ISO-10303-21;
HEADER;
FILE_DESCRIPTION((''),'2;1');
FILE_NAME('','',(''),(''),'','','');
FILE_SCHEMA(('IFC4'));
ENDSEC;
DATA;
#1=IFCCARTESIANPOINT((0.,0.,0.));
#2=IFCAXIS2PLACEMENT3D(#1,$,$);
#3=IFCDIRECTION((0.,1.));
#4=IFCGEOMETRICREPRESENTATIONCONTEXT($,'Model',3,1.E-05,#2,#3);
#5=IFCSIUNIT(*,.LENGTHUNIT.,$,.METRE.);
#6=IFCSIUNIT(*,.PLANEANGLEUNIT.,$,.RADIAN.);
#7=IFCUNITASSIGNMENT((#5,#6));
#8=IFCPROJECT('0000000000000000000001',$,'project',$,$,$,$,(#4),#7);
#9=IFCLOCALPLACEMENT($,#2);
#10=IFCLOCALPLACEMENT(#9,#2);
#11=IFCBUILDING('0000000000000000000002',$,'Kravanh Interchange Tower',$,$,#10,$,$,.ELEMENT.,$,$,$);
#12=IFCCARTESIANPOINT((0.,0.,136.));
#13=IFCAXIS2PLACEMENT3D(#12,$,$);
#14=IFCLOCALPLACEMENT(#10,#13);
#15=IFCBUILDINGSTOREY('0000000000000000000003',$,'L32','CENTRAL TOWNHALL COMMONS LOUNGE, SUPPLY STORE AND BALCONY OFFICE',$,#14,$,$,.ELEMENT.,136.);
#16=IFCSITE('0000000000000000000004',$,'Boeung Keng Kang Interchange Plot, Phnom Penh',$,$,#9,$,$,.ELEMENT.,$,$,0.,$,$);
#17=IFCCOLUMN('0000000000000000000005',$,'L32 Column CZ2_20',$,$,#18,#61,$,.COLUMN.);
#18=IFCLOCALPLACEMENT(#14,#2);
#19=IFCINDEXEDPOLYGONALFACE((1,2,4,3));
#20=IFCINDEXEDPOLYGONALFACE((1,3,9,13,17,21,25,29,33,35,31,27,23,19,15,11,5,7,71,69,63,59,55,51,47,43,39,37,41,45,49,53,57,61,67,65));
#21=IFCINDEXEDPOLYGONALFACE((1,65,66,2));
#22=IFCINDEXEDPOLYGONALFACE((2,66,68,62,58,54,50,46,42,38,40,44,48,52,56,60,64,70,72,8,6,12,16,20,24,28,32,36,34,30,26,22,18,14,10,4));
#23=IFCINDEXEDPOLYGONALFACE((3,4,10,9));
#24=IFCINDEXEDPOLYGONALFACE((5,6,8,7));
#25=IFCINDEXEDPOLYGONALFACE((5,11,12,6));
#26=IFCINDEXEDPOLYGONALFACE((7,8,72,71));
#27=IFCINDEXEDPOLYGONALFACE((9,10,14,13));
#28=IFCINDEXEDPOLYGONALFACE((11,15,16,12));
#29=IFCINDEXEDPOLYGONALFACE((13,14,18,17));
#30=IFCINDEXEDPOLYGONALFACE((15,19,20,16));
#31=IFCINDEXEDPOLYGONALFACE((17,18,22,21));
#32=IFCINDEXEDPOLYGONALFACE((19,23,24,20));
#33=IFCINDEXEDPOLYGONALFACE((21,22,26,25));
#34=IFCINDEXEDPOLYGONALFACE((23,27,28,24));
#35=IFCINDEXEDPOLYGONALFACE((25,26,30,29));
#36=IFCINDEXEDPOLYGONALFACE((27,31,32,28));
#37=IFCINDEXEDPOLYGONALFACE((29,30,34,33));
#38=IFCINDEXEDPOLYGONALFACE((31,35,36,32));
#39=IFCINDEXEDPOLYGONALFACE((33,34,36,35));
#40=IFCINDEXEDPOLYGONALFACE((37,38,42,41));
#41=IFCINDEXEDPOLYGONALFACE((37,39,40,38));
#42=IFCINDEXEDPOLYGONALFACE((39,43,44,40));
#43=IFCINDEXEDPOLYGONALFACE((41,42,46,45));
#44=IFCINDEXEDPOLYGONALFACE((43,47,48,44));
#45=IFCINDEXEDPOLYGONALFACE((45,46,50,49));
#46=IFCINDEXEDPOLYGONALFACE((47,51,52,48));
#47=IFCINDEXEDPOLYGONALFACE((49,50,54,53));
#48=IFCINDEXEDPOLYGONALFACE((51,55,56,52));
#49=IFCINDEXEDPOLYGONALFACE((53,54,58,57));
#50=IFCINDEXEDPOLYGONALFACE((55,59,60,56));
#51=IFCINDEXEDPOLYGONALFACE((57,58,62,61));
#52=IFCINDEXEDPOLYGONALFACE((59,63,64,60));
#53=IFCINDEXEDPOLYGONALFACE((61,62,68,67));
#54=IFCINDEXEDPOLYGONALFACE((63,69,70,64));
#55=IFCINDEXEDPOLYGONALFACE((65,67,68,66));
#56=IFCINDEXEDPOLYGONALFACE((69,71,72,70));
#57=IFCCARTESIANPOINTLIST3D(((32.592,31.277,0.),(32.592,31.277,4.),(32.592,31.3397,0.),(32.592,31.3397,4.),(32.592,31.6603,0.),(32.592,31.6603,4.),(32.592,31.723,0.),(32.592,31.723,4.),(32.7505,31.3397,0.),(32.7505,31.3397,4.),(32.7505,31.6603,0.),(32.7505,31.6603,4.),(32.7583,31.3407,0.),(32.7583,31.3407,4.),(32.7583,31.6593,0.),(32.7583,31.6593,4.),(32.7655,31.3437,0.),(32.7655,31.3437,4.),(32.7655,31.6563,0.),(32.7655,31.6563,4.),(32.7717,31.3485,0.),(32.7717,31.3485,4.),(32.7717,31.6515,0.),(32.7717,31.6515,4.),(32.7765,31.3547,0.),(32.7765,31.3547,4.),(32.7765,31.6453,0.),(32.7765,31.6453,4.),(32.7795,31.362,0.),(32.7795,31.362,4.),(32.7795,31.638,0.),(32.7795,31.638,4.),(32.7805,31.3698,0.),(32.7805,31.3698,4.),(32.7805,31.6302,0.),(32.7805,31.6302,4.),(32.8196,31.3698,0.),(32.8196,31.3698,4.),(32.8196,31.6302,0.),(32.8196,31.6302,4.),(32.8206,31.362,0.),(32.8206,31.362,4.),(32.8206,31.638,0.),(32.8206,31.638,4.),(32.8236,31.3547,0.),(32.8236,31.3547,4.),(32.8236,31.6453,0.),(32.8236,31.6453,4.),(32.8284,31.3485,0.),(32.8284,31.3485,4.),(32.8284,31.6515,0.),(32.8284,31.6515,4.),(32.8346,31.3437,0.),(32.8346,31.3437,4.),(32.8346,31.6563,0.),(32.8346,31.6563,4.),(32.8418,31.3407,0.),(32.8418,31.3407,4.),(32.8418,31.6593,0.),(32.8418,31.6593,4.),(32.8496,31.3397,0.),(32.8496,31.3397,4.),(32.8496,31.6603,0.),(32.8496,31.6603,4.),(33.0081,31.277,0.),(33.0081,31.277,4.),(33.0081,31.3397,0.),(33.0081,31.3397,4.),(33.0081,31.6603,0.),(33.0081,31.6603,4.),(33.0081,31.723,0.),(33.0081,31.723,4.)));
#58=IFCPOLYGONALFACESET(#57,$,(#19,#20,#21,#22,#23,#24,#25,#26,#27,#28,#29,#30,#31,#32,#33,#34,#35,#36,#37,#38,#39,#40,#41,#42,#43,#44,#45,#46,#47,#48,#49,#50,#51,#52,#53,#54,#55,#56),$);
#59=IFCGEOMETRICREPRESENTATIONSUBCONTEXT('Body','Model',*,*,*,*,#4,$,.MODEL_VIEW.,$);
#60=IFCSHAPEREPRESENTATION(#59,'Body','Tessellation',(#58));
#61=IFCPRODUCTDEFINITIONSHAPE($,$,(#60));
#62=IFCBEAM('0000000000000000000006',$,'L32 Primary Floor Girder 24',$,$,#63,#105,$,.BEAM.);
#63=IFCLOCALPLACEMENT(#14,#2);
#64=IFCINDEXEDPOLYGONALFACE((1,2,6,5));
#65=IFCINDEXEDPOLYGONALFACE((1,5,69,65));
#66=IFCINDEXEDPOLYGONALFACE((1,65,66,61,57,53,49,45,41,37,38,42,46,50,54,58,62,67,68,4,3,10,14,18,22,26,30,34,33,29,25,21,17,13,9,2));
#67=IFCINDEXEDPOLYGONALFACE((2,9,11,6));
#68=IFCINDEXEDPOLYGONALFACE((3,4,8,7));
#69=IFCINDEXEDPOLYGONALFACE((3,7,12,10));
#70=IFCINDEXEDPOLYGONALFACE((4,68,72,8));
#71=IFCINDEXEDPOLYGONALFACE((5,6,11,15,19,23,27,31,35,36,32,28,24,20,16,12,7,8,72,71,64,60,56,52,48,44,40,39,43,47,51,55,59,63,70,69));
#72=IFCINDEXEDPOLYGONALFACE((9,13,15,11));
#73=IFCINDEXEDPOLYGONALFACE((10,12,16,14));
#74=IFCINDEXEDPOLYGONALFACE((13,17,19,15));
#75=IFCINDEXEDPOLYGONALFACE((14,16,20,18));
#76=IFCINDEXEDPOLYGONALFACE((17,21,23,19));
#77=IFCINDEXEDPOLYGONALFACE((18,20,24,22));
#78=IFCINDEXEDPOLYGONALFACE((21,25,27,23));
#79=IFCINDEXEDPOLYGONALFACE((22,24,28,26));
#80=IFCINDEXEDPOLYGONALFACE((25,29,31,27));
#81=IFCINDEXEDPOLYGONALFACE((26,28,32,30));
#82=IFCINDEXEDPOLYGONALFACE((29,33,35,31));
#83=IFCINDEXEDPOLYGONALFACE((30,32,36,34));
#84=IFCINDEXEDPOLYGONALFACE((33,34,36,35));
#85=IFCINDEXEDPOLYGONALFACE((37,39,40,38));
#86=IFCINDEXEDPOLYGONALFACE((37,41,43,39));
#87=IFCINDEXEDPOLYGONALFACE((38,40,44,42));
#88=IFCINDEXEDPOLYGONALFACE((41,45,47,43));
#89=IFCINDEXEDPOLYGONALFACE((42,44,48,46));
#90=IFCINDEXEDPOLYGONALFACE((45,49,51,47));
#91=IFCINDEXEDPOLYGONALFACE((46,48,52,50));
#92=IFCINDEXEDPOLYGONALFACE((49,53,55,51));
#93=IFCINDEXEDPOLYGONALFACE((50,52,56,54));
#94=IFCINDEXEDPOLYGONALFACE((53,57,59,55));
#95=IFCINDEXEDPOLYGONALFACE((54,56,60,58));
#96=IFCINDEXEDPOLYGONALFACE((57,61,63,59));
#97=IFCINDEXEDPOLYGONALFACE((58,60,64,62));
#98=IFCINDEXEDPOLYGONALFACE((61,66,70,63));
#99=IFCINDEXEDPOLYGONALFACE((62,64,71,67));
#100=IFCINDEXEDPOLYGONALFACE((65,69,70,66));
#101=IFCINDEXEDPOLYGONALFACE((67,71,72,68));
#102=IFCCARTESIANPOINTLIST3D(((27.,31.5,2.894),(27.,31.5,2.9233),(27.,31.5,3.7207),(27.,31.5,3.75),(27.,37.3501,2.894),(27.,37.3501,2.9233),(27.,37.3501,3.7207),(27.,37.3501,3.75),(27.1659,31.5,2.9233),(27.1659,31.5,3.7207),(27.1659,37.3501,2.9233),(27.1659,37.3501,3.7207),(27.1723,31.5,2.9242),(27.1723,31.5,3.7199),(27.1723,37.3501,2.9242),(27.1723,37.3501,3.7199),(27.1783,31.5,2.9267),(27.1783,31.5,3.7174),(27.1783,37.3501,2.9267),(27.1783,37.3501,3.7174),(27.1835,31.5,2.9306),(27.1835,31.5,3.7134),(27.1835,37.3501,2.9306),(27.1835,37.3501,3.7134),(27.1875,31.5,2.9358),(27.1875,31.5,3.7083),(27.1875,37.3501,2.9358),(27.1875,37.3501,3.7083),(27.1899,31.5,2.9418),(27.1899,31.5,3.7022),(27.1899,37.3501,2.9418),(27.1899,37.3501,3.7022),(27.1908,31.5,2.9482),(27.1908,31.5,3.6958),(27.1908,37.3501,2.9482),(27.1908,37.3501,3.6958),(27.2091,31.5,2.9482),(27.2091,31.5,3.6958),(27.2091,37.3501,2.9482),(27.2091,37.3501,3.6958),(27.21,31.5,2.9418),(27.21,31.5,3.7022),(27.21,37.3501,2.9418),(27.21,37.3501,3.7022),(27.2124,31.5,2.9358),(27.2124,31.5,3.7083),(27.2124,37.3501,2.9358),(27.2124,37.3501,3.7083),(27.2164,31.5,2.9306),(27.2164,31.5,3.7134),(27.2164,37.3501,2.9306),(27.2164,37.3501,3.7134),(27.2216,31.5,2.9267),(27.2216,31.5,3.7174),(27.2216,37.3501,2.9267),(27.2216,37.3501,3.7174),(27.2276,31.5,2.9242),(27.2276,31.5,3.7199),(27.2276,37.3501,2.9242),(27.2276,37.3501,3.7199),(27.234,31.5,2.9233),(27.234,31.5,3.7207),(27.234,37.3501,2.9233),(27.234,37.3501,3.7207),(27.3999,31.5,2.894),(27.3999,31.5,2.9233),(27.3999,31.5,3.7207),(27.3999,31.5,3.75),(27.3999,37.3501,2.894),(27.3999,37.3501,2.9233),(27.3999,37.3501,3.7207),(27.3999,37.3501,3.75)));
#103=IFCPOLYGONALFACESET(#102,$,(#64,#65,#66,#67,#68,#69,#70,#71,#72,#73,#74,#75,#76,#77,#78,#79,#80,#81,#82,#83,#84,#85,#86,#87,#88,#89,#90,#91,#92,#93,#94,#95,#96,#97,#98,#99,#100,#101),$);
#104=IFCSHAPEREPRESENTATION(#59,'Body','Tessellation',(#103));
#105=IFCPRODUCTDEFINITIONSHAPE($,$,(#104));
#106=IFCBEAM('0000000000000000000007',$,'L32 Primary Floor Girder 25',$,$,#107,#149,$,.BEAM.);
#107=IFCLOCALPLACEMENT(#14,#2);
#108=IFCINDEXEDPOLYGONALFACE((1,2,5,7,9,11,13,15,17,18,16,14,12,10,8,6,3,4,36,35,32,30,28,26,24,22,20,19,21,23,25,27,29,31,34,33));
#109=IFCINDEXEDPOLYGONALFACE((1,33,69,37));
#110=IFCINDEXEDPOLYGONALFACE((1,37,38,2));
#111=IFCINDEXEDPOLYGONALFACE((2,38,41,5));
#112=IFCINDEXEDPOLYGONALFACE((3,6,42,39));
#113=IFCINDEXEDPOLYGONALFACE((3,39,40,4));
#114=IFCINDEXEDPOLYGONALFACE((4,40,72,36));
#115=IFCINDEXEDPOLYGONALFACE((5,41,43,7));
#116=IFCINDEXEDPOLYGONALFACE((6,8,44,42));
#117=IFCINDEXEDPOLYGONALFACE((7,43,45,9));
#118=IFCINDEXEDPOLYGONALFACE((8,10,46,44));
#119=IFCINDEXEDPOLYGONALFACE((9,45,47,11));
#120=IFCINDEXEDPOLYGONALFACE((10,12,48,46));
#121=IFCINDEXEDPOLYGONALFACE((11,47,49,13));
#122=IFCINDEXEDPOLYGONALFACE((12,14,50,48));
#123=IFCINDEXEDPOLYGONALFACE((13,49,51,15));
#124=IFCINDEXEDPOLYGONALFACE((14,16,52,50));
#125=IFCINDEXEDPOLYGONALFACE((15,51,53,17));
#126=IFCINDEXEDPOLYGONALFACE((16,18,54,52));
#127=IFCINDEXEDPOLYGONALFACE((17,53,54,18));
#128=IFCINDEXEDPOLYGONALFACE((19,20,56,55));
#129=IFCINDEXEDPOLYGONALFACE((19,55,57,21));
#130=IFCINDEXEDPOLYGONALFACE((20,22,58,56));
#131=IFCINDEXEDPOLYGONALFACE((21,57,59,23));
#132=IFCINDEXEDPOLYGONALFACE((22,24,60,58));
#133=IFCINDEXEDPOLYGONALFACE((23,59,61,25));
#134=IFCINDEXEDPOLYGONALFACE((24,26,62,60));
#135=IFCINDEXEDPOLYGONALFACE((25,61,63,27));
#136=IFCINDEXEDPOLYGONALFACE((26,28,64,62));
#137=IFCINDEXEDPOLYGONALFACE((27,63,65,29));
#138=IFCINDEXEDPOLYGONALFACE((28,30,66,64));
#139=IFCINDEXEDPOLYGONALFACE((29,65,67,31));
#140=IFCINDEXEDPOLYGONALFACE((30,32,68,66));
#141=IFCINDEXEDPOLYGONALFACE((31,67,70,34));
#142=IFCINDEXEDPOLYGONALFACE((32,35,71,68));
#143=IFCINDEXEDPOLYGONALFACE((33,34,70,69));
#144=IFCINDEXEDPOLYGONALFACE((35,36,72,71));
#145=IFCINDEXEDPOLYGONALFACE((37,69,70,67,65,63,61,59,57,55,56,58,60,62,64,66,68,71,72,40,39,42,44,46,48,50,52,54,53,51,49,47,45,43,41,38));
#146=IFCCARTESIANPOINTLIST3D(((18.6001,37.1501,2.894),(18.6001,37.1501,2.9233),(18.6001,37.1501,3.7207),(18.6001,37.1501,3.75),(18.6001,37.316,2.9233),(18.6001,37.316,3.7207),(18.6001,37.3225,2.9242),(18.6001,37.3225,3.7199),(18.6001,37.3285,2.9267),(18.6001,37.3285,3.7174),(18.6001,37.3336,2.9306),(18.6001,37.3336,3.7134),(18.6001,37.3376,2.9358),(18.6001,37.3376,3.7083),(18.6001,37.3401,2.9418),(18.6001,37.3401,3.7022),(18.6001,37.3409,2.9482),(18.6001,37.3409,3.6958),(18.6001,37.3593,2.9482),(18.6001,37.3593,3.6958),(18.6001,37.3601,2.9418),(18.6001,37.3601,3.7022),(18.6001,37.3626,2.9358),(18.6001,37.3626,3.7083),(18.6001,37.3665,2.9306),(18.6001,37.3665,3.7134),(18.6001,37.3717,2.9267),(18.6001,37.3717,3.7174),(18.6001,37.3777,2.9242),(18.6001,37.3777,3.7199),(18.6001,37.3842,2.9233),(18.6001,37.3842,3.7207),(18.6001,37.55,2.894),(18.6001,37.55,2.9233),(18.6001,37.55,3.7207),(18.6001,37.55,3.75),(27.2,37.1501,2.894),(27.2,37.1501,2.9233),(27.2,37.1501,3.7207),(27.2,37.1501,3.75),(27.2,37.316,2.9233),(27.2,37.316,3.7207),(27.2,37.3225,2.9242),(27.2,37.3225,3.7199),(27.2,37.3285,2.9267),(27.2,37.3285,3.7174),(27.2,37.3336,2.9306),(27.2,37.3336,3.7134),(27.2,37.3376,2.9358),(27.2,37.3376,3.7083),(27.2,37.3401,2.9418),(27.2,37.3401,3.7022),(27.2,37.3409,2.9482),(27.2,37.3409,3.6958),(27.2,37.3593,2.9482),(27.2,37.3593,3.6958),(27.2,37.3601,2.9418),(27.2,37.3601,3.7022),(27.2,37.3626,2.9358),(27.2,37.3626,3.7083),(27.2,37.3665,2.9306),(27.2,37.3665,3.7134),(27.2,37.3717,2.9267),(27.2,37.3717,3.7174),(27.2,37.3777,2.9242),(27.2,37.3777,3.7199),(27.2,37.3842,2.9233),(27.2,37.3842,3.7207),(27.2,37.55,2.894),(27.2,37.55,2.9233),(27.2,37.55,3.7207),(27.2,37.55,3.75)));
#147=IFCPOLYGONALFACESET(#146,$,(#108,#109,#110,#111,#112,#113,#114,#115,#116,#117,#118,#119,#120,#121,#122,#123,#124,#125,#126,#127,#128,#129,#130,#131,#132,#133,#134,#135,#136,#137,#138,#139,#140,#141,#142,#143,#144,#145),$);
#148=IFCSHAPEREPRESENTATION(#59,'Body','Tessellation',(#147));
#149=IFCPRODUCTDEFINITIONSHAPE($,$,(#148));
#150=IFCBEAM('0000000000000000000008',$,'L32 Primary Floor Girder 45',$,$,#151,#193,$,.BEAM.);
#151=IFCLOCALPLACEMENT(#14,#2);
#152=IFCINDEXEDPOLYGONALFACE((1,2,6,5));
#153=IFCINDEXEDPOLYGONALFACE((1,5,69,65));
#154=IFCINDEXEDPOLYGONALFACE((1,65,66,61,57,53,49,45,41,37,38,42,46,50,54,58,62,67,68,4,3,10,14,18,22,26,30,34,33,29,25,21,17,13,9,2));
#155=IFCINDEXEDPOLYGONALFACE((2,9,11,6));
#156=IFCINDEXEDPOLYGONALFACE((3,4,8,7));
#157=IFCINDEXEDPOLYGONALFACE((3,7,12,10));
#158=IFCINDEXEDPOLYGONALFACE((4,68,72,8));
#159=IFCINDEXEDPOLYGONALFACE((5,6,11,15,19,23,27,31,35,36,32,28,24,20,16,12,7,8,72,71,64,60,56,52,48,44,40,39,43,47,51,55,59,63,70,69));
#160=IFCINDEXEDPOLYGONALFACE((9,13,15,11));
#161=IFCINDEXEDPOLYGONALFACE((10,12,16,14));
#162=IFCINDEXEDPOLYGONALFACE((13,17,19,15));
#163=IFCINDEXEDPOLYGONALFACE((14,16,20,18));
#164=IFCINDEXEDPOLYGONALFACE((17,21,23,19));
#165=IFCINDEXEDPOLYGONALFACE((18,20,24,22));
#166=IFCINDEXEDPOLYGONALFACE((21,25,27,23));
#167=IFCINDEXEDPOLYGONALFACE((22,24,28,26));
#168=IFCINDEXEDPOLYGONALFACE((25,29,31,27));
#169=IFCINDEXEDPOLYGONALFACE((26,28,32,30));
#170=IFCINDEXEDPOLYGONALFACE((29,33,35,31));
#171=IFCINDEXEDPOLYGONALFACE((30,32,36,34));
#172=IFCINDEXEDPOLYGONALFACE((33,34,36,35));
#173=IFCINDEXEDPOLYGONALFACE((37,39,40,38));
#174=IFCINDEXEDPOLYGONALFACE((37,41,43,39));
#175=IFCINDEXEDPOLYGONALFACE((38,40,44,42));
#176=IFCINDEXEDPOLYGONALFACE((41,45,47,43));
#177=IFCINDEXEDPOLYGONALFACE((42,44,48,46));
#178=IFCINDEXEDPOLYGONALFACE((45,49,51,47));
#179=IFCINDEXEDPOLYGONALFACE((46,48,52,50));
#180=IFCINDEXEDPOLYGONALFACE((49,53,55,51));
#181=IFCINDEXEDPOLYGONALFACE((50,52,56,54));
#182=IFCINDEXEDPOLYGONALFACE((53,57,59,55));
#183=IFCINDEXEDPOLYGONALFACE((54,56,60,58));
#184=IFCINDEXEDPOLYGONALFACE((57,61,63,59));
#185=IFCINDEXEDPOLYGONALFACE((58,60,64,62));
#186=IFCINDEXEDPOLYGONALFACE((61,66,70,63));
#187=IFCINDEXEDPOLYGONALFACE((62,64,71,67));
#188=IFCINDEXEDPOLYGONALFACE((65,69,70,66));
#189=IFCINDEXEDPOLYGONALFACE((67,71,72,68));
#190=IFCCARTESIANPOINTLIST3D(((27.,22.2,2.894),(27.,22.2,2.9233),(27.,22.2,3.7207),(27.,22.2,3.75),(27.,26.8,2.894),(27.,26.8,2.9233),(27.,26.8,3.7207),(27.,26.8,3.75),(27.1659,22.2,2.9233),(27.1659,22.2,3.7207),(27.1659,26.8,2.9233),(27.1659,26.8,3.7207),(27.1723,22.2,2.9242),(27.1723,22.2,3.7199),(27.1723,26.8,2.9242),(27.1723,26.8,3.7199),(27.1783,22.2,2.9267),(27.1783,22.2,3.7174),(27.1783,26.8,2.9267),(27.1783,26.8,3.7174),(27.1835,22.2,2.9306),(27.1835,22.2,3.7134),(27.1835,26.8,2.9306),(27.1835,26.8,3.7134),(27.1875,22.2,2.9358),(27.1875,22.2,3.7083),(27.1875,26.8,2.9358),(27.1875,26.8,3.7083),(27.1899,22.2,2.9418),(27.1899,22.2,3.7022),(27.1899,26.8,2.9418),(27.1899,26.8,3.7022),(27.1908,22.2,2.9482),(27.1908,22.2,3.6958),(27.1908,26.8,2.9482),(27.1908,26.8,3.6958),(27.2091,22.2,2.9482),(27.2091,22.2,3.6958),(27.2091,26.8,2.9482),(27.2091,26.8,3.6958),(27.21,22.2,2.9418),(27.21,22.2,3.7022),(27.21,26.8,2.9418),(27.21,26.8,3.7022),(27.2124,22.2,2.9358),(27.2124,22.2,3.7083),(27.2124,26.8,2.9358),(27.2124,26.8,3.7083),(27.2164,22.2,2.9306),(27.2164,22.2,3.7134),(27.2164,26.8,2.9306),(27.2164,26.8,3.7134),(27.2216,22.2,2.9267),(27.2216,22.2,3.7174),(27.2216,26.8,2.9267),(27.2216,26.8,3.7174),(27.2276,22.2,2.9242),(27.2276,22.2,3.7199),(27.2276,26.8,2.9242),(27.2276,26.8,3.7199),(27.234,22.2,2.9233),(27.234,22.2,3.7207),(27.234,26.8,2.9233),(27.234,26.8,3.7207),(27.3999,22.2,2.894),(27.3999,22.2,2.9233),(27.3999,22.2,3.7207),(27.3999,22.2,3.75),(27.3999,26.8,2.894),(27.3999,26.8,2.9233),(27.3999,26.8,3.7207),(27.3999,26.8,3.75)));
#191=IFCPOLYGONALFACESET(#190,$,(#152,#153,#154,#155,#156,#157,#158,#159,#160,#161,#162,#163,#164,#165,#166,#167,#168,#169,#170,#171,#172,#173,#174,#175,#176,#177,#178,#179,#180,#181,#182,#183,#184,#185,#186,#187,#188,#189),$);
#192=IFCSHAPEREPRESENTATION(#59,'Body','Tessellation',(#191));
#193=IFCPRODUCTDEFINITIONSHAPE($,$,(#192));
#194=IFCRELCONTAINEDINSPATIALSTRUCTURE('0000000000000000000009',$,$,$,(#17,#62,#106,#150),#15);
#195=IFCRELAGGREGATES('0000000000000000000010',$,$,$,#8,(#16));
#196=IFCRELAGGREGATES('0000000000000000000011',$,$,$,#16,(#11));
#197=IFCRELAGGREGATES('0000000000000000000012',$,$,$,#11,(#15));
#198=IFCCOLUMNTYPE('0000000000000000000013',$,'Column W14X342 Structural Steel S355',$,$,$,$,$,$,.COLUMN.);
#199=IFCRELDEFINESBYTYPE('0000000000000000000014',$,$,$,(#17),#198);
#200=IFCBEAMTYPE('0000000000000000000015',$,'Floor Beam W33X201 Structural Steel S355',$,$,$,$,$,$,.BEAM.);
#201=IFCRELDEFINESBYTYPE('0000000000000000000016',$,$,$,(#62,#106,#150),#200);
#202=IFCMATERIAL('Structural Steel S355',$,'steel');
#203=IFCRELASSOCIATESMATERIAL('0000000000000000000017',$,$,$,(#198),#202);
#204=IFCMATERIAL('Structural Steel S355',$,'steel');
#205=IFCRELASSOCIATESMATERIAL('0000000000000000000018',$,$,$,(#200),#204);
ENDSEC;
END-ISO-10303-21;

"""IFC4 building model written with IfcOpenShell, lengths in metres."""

from ifc_helpers import new_model, si_unit, direction, frame, origin, origin_2d, place, context, subcontext, project, spatial, i_section, extrude, material, material_profile, profile_set, type_object, element, save


model = new_model("IFC4")

# Units and contexts
model_context = context("Model", 3, precision=1e-05, world=origin(), true_north=direction((0.0, 1.0)))
body_context = subcontext(model_context, "Body", "Model", "MODEL_VIEW")
ifc_project = project(units=[si_unit("LENGTHUNIT", "METRE"), si_unit("PLANEANGLEUNIT", "RADIAN")], contexts=[model_context])

# Site, building, storey
site_placement = place(None, origin())
site = spatial("IfcSite", under=ifc_project, at=site_placement, Name="Boeung Keng Kang Interchange Plot, Phnom Penh", CompositionType="ELEMENT", RefElevation=0.0)
building_placement = place(site_placement, origin())
building = spatial("IfcBuilding", under=site, at=building_placement, Name="Kravanh Interchange Tower", CompositionType="ELEMENT")
storey_placement = place(building_placement, frame((0.0, 0.0, 136.0)))
storey = spatial("IfcBuildingStorey", under=building, at=storey_placement, Name="L32", Description="CENTRAL TOWNHALL COMMONS LOUNGE, SUPPLY STORE AND BALCONY OFFICE", CompositionType="ELEMENT", Elevation=136.0)

# Column
ifc_material_1 = material(Name="Structural Steel S355", Category="steel")
ifc_material_profile_1 = material_profile(ifc_material_1, i_section(OverallWidth=0.416, OverallDepth=0.446, WebThickness=0.0391, FlangeThickness=0.0627, FilletRadius=0.03, at=origin_2d()), Name="W14X342")
ifc_profile_set_1 = profile_set([ifc_material_profile_1], Name="Structural Steel S355")
column_type_1 = type_object("IfcColumnType", Name="Column W14X342 Structural Steel S355", PredefinedType="COLUMN", material=ifc_profile_set_1)
for number, where, z_axis, x_axis, name in (
    (1, (32.8, 31.5, 0.0), (0.0, 0.0, 1.0), (1.0, 0.0, 0.0), "L32 Column CZ2_20"),
):
    element("IfcColumn", number, at=place(storey_placement, frame(where, z_axis=z_axis, x_axis=x_axis)), inside=storey, type_object=column_type_1, Name=name, PredefinedType="COLUMN", context=body_context, shape_type="SweptSolid", body=[
        extrude(i_section(OverallWidth=0.416, OverallDepth=0.446, WebThickness=0.0391, FlangeThickness=0.0627, FilletRadius=0.03, at=origin_2d()), origin(), (0.0, 0.0, 1.0), 4.0),
    ])

# Beams
ifc_material_2 = material(Name="Structural Steel S355", Category="steel")
ifc_material_profile_2 = material_profile(ifc_material_2, i_section(OverallWidth=0.3999, OverallDepth=0.856, WebThickness=0.0183, FlangeThickness=0.0293, FilletRadius=0.0249, at=origin_2d()), Name="W33X201")
ifc_profile_set_2 = profile_set([ifc_material_profile_2], Name="Structural Steel S355")
beam_type_1 = type_object("IfcBeamType", Name="Floor Beam W33X201 Structural Steel S355", PredefinedType="BEAM", material=ifc_profile_set_2)
beam_1_placement = place(storey_placement, frame((27.2, 37.3501, 3.322), z_axis=(0.0, -1.0, 0.0), x_axis=(1.0, 0.0, 0.0)))
element("IfcBeam", 2, at=beam_1_placement, inside=storey, type_object=beam_type_1, Name="L32 Primary Floor Girder 24", PredefinedType="BEAM", context=body_context, shape_type="SweptSolid", body=[
    extrude(i_section(OverallWidth=0.3999, OverallDepth=0.856, WebThickness=0.0183, FlangeThickness=0.0293, FilletRadius=0.0249, at=origin_2d()), origin(), (0.0, 0.0, 1.0), 5.8501),
])
beam_2_placement = place(storey_placement, frame((27.2, 37.3501, 3.322), z_axis=(-1.0, 0.0, 0.0), x_axis=(0.0, -1.0, 0.0)))
element("IfcBeam", 3, at=beam_2_placement, inside=storey, type_object=beam_type_1, Name="L32 Primary Floor Girder 25", PredefinedType="BEAM", context=body_context, shape_type="SweptSolid", body=[
    extrude(i_section(OverallWidth=0.3999, OverallDepth=0.856, WebThickness=0.0183, FlangeThickness=0.0293, FilletRadius=0.0249, at=origin_2d()), origin(), (0.0, 0.0, 1.0), 8.5999),
])
beam_3_placement = place(storey_placement, frame((27.2, 26.8, 3.322), z_axis=(0.0, -1.0, 0.0), x_axis=(1.0, 0.0, 0.0)))
element("IfcBeam", 4, at=beam_3_placement, inside=storey, type_object=beam_type_1, Name="L32 Primary Floor Girder 45", PredefinedType="BEAM", context=body_context, shape_type="SweptSolid", body=[
    extrude(i_section(OverallWidth=0.3999, OverallDepth=0.856, WebThickness=0.0183, FlangeThickness=0.0293, FilletRadius=0.0249, at=origin_2d()), origin(), (0.0, 0.0, 1.0), 4.6001),
])

save(model, "model.ifc")
